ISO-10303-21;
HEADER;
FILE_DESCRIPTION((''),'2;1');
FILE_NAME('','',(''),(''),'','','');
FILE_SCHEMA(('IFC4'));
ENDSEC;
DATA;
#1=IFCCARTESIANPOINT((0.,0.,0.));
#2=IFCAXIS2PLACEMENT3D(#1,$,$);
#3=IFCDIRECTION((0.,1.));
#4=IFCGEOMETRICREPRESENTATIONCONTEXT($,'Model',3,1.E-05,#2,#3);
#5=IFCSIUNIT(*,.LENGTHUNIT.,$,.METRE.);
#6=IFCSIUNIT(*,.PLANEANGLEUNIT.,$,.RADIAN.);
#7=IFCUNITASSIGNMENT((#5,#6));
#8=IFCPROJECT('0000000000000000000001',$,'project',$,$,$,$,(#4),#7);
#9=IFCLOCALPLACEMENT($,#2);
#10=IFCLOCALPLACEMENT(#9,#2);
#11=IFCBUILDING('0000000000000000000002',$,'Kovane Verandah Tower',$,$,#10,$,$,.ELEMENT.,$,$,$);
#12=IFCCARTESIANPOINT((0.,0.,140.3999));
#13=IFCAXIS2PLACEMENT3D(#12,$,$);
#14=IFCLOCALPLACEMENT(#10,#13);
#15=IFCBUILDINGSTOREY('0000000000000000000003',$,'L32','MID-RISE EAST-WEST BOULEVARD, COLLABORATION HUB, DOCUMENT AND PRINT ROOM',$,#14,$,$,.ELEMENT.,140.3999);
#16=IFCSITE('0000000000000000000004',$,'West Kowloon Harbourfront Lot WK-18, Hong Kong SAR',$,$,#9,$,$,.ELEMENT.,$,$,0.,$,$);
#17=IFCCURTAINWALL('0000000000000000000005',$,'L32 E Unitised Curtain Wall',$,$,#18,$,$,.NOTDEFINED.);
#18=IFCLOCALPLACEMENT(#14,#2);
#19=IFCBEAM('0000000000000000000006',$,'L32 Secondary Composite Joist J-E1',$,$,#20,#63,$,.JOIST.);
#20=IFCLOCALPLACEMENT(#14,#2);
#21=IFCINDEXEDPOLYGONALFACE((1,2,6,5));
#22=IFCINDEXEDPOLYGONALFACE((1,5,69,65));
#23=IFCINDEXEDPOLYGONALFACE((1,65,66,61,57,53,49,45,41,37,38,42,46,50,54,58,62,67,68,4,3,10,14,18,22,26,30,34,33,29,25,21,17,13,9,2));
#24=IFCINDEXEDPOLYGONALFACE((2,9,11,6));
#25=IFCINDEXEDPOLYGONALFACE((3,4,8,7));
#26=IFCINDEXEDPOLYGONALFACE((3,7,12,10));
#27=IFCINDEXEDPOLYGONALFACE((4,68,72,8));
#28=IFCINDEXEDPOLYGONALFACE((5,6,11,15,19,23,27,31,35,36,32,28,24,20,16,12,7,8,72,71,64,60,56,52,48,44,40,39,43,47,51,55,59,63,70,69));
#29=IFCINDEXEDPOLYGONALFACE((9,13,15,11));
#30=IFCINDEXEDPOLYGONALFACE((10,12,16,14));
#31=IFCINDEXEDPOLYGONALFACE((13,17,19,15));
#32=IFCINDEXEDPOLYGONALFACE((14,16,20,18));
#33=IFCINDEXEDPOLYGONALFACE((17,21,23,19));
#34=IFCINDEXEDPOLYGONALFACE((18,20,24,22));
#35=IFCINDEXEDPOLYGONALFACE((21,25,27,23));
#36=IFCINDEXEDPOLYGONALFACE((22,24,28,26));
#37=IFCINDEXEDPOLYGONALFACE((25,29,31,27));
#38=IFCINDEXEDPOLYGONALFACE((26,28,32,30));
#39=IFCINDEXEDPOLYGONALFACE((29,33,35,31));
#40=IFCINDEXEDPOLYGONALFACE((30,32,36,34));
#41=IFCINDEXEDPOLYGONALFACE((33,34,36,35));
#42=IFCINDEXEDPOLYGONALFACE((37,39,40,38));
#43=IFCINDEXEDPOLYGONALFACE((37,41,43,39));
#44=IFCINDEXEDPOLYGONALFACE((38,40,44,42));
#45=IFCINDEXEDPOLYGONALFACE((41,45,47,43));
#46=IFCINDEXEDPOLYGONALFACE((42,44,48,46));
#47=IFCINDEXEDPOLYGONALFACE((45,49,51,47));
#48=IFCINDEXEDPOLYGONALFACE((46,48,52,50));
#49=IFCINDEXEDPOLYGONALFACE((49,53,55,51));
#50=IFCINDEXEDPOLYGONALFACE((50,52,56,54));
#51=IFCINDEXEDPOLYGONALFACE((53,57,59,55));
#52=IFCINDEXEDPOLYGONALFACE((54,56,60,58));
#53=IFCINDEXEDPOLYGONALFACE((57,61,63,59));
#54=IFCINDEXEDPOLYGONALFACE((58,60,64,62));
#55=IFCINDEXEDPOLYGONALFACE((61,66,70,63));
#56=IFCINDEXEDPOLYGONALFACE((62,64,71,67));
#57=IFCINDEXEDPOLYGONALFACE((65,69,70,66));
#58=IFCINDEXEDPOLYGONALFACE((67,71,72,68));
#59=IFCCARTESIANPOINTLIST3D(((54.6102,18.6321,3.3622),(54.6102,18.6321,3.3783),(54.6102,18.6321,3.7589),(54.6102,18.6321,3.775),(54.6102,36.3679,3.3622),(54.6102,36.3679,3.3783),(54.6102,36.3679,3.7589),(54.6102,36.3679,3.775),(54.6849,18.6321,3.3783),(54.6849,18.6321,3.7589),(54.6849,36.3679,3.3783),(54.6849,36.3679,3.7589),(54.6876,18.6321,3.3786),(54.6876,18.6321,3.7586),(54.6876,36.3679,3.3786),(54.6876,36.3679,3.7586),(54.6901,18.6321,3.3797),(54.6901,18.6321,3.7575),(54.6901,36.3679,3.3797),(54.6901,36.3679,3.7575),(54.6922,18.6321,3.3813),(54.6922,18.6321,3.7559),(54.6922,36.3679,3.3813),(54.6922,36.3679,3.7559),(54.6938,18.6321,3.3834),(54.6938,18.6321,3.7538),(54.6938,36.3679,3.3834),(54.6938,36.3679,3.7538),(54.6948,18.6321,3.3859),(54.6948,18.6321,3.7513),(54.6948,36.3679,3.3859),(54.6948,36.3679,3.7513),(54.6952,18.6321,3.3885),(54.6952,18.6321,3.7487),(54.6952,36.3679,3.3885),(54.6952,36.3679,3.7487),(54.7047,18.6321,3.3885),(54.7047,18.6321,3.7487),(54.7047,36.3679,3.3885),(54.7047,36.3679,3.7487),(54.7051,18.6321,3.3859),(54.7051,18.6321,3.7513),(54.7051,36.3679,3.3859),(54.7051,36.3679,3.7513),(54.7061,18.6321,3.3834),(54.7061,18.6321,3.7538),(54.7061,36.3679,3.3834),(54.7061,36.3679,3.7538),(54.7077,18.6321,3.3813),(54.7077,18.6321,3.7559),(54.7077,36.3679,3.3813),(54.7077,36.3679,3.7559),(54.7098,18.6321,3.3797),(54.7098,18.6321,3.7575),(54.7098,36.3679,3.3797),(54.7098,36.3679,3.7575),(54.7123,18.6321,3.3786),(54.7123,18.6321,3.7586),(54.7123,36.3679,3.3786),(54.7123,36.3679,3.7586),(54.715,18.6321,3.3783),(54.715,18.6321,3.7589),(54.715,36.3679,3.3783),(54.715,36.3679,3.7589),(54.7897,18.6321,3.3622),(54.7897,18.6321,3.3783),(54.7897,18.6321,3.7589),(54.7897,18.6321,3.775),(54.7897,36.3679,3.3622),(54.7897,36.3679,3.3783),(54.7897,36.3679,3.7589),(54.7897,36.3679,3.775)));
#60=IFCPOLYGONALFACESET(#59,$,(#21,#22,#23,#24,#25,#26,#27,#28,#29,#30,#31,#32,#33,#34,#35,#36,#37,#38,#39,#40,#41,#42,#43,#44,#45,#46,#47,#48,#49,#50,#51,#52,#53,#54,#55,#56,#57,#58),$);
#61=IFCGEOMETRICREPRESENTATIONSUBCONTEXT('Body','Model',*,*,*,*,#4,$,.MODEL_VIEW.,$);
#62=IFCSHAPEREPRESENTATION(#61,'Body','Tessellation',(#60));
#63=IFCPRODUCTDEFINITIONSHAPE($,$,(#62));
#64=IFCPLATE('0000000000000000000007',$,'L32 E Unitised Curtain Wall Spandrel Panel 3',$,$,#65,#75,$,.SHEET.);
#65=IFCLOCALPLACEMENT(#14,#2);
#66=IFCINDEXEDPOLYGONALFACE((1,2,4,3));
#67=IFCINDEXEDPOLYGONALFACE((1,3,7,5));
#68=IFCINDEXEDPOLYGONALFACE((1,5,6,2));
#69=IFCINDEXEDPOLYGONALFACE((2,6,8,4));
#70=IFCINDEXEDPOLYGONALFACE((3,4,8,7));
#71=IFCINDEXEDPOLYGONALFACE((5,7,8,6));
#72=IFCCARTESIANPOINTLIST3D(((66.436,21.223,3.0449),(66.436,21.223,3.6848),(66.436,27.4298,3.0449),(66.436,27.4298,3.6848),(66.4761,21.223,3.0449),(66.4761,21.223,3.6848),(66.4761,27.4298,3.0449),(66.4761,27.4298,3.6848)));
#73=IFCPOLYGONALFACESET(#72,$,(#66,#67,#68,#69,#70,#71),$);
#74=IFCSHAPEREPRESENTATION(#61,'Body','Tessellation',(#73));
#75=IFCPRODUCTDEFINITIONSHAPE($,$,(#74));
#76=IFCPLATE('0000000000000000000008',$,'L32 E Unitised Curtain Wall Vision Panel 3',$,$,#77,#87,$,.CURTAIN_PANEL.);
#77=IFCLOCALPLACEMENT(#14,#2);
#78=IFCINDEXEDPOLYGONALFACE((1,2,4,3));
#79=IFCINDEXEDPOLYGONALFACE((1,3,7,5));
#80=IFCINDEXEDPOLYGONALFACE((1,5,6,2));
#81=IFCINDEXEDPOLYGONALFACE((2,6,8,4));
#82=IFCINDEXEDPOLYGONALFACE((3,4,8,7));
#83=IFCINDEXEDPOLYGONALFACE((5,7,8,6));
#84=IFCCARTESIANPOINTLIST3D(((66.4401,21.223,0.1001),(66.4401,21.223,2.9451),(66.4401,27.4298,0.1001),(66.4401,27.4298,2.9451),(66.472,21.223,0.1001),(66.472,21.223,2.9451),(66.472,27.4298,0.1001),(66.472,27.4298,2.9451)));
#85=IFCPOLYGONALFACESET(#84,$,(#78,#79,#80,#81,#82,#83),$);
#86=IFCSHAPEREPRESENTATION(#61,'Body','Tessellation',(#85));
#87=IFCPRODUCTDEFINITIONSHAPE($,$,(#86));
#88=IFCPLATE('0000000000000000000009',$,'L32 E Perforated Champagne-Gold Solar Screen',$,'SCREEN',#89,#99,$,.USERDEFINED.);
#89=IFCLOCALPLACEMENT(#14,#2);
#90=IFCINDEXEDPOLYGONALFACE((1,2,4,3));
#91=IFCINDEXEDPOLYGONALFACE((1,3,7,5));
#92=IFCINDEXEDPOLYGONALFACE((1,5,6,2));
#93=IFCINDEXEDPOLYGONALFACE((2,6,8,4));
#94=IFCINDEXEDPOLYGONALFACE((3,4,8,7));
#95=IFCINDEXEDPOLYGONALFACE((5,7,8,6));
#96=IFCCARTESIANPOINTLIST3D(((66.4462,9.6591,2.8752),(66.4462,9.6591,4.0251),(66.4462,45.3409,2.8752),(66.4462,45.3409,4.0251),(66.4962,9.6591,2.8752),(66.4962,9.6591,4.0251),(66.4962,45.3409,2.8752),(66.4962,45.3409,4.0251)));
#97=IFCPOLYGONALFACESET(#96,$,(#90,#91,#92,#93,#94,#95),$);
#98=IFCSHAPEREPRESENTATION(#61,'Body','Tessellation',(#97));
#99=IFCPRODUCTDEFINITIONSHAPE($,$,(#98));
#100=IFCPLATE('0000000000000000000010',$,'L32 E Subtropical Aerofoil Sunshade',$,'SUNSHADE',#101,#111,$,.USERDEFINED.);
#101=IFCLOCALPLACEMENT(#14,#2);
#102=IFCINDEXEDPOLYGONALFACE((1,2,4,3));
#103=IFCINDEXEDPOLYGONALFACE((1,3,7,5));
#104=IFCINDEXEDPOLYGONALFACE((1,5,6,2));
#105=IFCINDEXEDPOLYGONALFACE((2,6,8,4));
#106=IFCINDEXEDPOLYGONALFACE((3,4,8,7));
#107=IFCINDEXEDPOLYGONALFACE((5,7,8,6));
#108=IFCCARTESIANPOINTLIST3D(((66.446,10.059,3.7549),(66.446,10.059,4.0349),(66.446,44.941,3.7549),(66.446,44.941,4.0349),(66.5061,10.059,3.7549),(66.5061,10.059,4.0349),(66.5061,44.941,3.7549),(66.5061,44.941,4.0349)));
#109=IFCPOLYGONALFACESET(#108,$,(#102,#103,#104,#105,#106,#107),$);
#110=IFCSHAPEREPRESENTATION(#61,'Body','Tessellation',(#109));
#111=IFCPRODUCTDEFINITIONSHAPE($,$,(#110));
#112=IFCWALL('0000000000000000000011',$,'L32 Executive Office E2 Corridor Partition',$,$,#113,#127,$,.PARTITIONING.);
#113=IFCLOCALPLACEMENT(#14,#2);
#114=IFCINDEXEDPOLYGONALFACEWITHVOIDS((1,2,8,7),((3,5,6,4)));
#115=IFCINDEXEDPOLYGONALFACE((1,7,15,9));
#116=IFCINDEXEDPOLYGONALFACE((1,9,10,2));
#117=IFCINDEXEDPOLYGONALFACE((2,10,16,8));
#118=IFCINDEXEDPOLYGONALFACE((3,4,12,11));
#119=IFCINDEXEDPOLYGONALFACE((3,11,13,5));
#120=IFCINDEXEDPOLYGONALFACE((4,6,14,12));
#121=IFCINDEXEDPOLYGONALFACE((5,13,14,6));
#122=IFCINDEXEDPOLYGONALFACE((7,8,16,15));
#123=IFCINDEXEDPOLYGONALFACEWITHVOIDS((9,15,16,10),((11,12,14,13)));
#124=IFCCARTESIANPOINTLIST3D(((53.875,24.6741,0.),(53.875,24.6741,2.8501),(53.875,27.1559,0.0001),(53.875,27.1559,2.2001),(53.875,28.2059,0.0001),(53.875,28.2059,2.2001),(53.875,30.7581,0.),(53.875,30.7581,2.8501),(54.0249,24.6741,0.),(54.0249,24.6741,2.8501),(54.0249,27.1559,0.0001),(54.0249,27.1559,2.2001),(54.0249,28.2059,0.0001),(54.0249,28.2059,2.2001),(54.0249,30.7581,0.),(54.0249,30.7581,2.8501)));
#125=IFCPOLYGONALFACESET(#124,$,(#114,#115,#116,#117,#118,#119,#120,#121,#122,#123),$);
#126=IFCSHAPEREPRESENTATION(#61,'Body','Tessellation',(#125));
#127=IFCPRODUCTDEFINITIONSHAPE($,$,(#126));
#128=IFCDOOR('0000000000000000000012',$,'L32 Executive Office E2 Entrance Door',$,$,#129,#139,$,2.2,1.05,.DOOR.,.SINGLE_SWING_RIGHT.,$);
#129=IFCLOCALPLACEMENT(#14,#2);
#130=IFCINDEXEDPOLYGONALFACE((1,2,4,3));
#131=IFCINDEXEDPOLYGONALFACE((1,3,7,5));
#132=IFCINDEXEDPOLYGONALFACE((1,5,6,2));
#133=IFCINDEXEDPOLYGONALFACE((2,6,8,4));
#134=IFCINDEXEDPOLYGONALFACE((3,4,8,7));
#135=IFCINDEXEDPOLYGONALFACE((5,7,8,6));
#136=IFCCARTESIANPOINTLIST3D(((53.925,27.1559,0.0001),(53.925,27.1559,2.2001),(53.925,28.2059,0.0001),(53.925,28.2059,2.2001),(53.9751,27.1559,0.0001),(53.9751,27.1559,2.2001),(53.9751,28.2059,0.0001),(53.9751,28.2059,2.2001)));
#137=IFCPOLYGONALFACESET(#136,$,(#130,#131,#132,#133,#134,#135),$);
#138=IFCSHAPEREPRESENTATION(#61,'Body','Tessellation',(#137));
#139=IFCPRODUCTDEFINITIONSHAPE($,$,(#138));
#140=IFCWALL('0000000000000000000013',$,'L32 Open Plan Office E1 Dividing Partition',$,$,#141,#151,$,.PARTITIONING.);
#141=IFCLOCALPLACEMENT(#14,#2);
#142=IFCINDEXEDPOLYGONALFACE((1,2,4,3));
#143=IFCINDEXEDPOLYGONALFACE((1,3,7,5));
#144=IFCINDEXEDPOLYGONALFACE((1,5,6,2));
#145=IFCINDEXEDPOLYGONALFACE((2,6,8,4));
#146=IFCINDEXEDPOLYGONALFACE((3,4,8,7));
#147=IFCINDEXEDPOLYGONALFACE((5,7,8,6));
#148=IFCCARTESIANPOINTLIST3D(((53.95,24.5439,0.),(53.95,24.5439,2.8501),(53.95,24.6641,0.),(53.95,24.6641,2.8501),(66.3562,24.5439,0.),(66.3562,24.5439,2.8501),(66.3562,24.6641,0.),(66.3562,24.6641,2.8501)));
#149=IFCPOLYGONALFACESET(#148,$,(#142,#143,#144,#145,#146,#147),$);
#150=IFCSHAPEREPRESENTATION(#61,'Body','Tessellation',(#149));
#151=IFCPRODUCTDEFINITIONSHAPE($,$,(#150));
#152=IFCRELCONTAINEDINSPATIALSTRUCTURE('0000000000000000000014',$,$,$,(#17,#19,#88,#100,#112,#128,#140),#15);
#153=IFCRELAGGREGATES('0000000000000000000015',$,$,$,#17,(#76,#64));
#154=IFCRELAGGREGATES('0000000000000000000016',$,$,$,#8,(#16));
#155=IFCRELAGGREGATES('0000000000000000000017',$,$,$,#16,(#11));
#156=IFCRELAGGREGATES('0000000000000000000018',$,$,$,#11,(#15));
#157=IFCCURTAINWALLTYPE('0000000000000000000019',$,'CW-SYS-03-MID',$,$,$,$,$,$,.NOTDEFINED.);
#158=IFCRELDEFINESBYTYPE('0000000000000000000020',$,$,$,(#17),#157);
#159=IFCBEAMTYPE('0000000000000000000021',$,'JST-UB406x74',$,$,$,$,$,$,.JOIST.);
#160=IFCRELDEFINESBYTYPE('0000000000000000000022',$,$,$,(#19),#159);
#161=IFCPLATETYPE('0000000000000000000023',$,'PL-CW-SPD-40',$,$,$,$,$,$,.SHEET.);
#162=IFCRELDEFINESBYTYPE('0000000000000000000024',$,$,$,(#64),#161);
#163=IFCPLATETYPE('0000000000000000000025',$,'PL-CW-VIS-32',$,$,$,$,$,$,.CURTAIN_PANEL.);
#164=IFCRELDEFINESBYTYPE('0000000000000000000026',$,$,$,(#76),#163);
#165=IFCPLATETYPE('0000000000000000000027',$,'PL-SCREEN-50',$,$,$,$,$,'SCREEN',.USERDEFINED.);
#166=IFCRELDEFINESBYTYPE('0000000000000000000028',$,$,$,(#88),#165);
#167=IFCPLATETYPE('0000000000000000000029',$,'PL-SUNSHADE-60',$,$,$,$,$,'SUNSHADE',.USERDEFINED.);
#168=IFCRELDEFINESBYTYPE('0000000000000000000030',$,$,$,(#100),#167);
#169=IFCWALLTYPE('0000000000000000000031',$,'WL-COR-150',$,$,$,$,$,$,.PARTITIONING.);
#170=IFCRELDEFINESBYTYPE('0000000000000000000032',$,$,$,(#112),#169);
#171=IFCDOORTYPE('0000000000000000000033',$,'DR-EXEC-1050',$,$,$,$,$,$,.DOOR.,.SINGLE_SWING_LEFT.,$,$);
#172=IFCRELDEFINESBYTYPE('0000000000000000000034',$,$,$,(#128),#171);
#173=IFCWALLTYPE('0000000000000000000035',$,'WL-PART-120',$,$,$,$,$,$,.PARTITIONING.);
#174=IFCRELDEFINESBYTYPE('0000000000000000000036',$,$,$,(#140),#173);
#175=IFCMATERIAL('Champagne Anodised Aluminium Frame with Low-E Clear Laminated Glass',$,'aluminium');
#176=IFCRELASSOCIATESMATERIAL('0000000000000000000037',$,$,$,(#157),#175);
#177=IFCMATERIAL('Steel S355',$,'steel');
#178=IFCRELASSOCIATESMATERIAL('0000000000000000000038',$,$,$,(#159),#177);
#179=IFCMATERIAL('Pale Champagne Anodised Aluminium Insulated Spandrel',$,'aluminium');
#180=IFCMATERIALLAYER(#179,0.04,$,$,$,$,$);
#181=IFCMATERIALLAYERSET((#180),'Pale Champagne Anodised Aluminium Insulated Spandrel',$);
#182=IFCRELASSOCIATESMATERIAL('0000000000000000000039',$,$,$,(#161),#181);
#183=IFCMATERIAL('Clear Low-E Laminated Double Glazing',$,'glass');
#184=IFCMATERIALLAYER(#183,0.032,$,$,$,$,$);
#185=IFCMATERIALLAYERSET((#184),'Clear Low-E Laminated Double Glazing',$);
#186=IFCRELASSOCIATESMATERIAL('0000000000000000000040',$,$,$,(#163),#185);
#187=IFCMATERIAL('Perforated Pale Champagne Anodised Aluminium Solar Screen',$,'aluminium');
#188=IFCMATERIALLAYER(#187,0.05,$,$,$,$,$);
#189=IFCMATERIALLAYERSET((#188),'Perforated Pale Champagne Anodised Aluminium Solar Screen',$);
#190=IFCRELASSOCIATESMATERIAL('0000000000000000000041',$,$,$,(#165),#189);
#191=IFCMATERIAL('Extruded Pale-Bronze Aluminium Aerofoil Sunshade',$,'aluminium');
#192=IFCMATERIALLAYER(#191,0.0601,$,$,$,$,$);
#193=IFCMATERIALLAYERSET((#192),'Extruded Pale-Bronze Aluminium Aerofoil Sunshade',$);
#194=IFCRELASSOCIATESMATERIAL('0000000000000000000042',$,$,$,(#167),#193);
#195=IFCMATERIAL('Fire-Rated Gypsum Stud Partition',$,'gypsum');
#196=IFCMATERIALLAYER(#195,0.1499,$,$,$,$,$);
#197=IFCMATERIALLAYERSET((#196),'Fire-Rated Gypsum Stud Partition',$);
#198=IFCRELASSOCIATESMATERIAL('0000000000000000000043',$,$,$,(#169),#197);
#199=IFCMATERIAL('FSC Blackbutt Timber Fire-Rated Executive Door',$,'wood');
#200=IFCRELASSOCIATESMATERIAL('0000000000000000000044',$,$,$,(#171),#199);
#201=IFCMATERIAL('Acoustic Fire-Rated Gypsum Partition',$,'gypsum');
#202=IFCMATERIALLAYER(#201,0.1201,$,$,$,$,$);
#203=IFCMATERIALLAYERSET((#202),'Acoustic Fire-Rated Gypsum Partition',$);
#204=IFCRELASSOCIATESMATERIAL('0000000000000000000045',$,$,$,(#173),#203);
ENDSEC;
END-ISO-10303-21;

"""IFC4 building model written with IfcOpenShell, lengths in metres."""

from ifc_helpers import new_model, si_unit, direction, frame, frame_2d, origin, origin_2d, place, context, subcontext, project, spatial, rectangle, i_section, extrude, material, layer, layer_set, material_profile, profile_set, type_object, element, fill, aggregate, save


model = new_model("IFC4")

# Units and contexts
model_context = context("Model", 3, precision=1e-05, world=origin(), true_north=direction((0.0, 1.0)))
body_context = subcontext(model_context, "Body", "Model", "MODEL_VIEW")
ifc_project = project(units=[si_unit("LENGTHUNIT", "METRE"), si_unit("PLANEANGLEUNIT", "RADIAN")], contexts=[model_context])

# Site, building, storey
site_placement = place(None, origin())
site = spatial("IfcSite", under=ifc_project, at=site_placement, Name="West Kowloon Harbourfront Lot WK-18, Hong Kong SAR", CompositionType="ELEMENT", RefElevation=0.0)
building_placement = place(site_placement, origin())
building = spatial("IfcBuilding", under=site, at=building_placement, Name="Kovane Verandah Tower", CompositionType="ELEMENT")
storey_placement = place(building_placement, frame((0.0, 0.0, 140.3999)))
storey = spatial("IfcBuildingStorey", under=building, at=storey_placement, Name="L32", Description="MID-RISE EAST-WEST BOULEVARD, COLLABORATION HUB, DOCUMENT AND PRINT ROOM", CompositionType="ELEMENT", Elevation=140.3999)

# Shared definitions
ifc_material_1 = material(Name="Steel S355", Category="steel")

# Curtain wall
ifc_material_2 = material(Name="Champagne Anodised Aluminium Frame with Low-E Clear Laminated Glass", Category="aluminium")
curtain_wall_type = type_object("IfcCurtainWallType", Name="CW-SYS-03-MID", PredefinedType="NOTDEFINED", material=ifc_material_2)
curtain_wall_placement = place(storey_placement, origin())
curtain_wall = element("IfcCurtainWall", 1, at=curtain_wall_placement, inside=storey, type_object=curtain_wall_type, Name="L32 E Unitised Curtain Wall", PredefinedType="NOTDEFINED")

# Beam
ifc_material_profile_1 = material_profile(ifc_material_1, i_section(OverallWidth=0.1794, OverallDepth=0.4128, WebThickness=0.0095, FlangeThickness=0.0161, FilletRadius=0.0103, at=origin_2d()), Name="UB406x178x74")
ifc_profile_set_1 = profile_set([ifc_material_profile_1], Name="Steel S355")
beam_type_1 = type_object("IfcBeamType", Name="JST-UB406x74", PredefinedType="JOIST", material=ifc_profile_set_1)
beam_1_placement = place(storey_placement, frame((54.7, 18.6321, 3.5686), z_axis=(0.0, 1.0, 0.0), x_axis=(-1.0, 0.0, 0.0)))
element("IfcBeam", 2, at=beam_1_placement, inside=storey, type_object=beam_type_1, Name="L32 Secondary Composite Joist J-E1", PredefinedType="JOIST", context=body_context, shape_type="SweptSolid", body=[
    extrude(i_section(OverallWidth=0.1794, OverallDepth=0.4128, WebThickness=0.0095, FlangeThickness=0.0161, FilletRadius=0.0103, at=origin_2d()), origin(), (0.0, 0.0, 1.0), 17.7358),
])

# Plates
ifc_material_3 = material(Name="Pale Champagne Anodised Aluminium Insulated Spandrel", Category="aluminium")
ifc_layer_1 = layer(ifc_material_3, 0.04)
ifc_layer_set_1 = layer_set([ifc_layer_1], Name="Pale Champagne Anodised Aluminium Insulated Spandrel")
plate_type_1 = type_object("IfcPlateType", Name="PL-CW-SPD-40", PredefinedType="SHEET", material=ifc_layer_set_1)
plate_1_placement = place(storey_placement, frame((66.4561, 24.3264, 3.0449), z_axis=(0.0, 0.0, 1.0), x_axis=(0.0, 1.0, 0.0)))
plate_1 = element("IfcPlate", 3, at=plate_1_placement, type_object=plate_type_1, Name="L32 E Unitised Curtain Wall Spandrel Panel 3", PredefinedType="SHEET", context=body_context, shape_type="SweptSolid", body=[
    extrude(rectangle(XDim=6.2068, YDim=0.04, at=origin_2d()), origin(), (0.0, 0.0, 1.0), 0.6399),
])
ifc_material_4 = material(Name="Clear Low-E Laminated Double Glazing", Category="glass")
ifc_layer_2 = layer(ifc_material_4, 0.032)
ifc_layer_set_2 = layer_set([ifc_layer_2], Name="Clear Low-E Laminated Double Glazing")
plate_type_2 = type_object("IfcPlateType", Name="PL-CW-VIS-32", PredefinedType="CURTAIN_PANEL", material=ifc_layer_set_2)
plate_2_placement = place(storey_placement, frame((66.4561, 24.3264, 0.1001), z_axis=(0.0, 0.0, 1.0), x_axis=(0.0, 1.0, 0.0)))
plate_2 = element("IfcPlate", 4, at=plate_2_placement, type_object=plate_type_2, Name="L32 E Unitised Curtain Wall Vision Panel 3", PredefinedType="CURTAIN_PANEL", context=body_context, shape_type="SweptSolid", body=[
    extrude(rectangle(XDim=6.2068, YDim=0.032, at=origin_2d()), origin(), (0.0, 0.0, 1.0), 2.845),
])
aggregate(curtain_wall, [plate_2, plate_1])

# Plates
ifc_material_5 = material(Name="Perforated Pale Champagne Anodised Aluminium Solar Screen", Category="aluminium")
ifc_layer_3 = layer(ifc_material_5, 0.05)
ifc_layer_set_3 = layer_set([ifc_layer_3], Name="Perforated Pale Champagne Anodised Aluminium Solar Screen")
plate_type_3 = type_object("IfcPlateType", Name="PL-SCREEN-50", ElementType="SCREEN", PredefinedType="USERDEFINED", material=ifc_layer_set_3)
plate_3_placement = place(storey_placement, frame((66.4712, 27.5, 2.8752), z_axis=(0.0, 0.0, 1.0), x_axis=(0.0, 1.0, 0.0)))
element("IfcPlate", 5, at=plate_3_placement, inside=storey, type_object=plate_type_3, Name="L32 E Perforated Champagne-Gold Solar Screen", ObjectType="SCREEN", PredefinedType="USERDEFINED", context=body_context, shape_type="SweptSolid", body=[
    extrude(rectangle(XDim=35.6819, YDim=0.05, at=origin_2d()), origin(), (0.0, 0.0, 1.0), 1.1499),
])
ifc_material_6 = material(Name="Extruded Pale-Bronze Aluminium Aerofoil Sunshade", Category="aluminium")
ifc_layer_4 = layer(ifc_material_6, 0.0601)
ifc_layer_set_4 = layer_set([ifc_layer_4], Name="Extruded Pale-Bronze Aluminium Aerofoil Sunshade")
plate_type_4 = type_object("IfcPlateType", Name="PL-SUNSHADE-60", ElementType="SUNSHADE", PredefinedType="USERDEFINED", material=ifc_layer_set_4)
plate_4_placement = place(storey_placement, frame((66.4761, 27.5, 3.7549), z_axis=(0.0, 0.0, 1.0), x_axis=(0.0, 1.0, 0.0)))
element("IfcPlate", 6, at=plate_4_placement, inside=storey, type_object=plate_type_4, Name="L32 E Subtropical Aerofoil Sunshade", ObjectType="SUNSHADE", PredefinedType="USERDEFINED", context=body_context, shape_type="SweptSolid", body=[
    extrude(rectangle(XDim=34.8821, YDim=0.0601, at=origin_2d()), origin(), (0.0, 0.0, 1.0), 0.28),
])

# Wall, opening, door
ifc_material_7 = material(Name="Fire-Rated Gypsum Stud Partition", Category="gypsum")
ifc_layer_5 = layer(ifc_material_7, 0.1499)
ifc_layer_set_5 = layer_set([ifc_layer_5], Name="Fire-Rated Gypsum Stud Partition")
wall_type_1 = type_object("IfcWallType", Name="WL-COR-150", PredefinedType="PARTITIONING", material=ifc_layer_set_5)
wall_1_placement = place(storey_placement, frame((53.95, 24.6741, 0.0), z_axis=(0.0, 0.0, 1.0), x_axis=(0.0, 1.0, 0.0)))
wall_1 = element("IfcWall", 7, at=wall_1_placement, inside=storey, type_object=wall_type_1, Name="L32 Executive Office E2 Corridor Partition", PredefinedType="PARTITIONING", context=body_context, shape_type="SweptSolid", body=[
    extrude(rectangle(XDim=6.084, YDim=0.1499, at=frame_2d((3.042, 0.0))), origin(), (0.0, 0.0, 1.0), 2.8501),
])
opening_placement = place(wall_1_placement, frame((2.4819, 0.0, 0.0)))
opening = element("IfcOpeningElement", 8, at=opening_placement, cuts=wall_1, PredefinedType="OPENING", context=body_context, shape_type="SweptSolid", body=[
    extrude(rectangle(XDim=1.05, YDim=2.2, at=frame_2d((0.5249, 1.1001))), frame((0.0, 0.075, 0.0), z_axis=(0.0, -1.0, 0.0), x_axis=(1.0, 0.0, 0.0)), (0.0, 0.0, 1.0), 0.1499),
])
ifc_material_8 = material(Name="FSC Blackbutt Timber Fire-Rated Executive Door", Category="wood")
door_type = type_object("IfcDoorType", Name="DR-EXEC-1050", OperationType="SINGLE_SWING_LEFT", PredefinedType="DOOR", material=ifc_material_8)
door_placement = place(opening_placement, origin())
door = element("IfcDoor", 9, at=door_placement, inside=storey, type_object=door_type, Name="L32 Executive Office E2 Entrance Door", OperationType="SINGLE_SWING_RIGHT", OverallHeight=2.2, OverallWidth=1.05, PredefinedType="DOOR", context=body_context, shape_type="SweptSolid", body=[
    extrude(rectangle(XDim=1.05, YDim=2.2, at=frame_2d((0.5249, 1.1001))), frame((0.0, 0.0249, 0.0), z_axis=(0.0, -1.0, 0.0), x_axis=(1.0, 0.0, 0.0)), (0.0, 0.0, 1.0), 0.05),
])
fill(opening, door)

# Wall
ifc_material_9 = material(Name="Acoustic Fire-Rated Gypsum Partition", Category="gypsum")
ifc_layer_6 = layer(ifc_material_9, 0.1201)
ifc_layer_set_6 = layer_set([ifc_layer_6], Name="Acoustic Fire-Rated Gypsum Partition")
wall_type_2 = type_object("IfcWallType", Name="WL-PART-120", PredefinedType="PARTITIONING", material=ifc_layer_set_6)
wall_2_placement = place(storey_placement, frame((53.95, 24.604, 0.0), z_axis=(0.0, 0.0, 1.0), x_axis=(1.0, 0.0, 0.0)))
element("IfcWall", 10, at=wall_2_placement, inside=storey, type_object=wall_type_2, Name="L32 Open Plan Office E1 Dividing Partition", PredefinedType="PARTITIONING", context=body_context, shape_type="SweptSolid", body=[
    extrude(rectangle(XDim=12.4062, YDim=0.1201, at=frame_2d((6.2031, 0.0))), origin(), (0.0, 0.0, 1.0), 2.8501),
])

save(model, "model.ifc")
